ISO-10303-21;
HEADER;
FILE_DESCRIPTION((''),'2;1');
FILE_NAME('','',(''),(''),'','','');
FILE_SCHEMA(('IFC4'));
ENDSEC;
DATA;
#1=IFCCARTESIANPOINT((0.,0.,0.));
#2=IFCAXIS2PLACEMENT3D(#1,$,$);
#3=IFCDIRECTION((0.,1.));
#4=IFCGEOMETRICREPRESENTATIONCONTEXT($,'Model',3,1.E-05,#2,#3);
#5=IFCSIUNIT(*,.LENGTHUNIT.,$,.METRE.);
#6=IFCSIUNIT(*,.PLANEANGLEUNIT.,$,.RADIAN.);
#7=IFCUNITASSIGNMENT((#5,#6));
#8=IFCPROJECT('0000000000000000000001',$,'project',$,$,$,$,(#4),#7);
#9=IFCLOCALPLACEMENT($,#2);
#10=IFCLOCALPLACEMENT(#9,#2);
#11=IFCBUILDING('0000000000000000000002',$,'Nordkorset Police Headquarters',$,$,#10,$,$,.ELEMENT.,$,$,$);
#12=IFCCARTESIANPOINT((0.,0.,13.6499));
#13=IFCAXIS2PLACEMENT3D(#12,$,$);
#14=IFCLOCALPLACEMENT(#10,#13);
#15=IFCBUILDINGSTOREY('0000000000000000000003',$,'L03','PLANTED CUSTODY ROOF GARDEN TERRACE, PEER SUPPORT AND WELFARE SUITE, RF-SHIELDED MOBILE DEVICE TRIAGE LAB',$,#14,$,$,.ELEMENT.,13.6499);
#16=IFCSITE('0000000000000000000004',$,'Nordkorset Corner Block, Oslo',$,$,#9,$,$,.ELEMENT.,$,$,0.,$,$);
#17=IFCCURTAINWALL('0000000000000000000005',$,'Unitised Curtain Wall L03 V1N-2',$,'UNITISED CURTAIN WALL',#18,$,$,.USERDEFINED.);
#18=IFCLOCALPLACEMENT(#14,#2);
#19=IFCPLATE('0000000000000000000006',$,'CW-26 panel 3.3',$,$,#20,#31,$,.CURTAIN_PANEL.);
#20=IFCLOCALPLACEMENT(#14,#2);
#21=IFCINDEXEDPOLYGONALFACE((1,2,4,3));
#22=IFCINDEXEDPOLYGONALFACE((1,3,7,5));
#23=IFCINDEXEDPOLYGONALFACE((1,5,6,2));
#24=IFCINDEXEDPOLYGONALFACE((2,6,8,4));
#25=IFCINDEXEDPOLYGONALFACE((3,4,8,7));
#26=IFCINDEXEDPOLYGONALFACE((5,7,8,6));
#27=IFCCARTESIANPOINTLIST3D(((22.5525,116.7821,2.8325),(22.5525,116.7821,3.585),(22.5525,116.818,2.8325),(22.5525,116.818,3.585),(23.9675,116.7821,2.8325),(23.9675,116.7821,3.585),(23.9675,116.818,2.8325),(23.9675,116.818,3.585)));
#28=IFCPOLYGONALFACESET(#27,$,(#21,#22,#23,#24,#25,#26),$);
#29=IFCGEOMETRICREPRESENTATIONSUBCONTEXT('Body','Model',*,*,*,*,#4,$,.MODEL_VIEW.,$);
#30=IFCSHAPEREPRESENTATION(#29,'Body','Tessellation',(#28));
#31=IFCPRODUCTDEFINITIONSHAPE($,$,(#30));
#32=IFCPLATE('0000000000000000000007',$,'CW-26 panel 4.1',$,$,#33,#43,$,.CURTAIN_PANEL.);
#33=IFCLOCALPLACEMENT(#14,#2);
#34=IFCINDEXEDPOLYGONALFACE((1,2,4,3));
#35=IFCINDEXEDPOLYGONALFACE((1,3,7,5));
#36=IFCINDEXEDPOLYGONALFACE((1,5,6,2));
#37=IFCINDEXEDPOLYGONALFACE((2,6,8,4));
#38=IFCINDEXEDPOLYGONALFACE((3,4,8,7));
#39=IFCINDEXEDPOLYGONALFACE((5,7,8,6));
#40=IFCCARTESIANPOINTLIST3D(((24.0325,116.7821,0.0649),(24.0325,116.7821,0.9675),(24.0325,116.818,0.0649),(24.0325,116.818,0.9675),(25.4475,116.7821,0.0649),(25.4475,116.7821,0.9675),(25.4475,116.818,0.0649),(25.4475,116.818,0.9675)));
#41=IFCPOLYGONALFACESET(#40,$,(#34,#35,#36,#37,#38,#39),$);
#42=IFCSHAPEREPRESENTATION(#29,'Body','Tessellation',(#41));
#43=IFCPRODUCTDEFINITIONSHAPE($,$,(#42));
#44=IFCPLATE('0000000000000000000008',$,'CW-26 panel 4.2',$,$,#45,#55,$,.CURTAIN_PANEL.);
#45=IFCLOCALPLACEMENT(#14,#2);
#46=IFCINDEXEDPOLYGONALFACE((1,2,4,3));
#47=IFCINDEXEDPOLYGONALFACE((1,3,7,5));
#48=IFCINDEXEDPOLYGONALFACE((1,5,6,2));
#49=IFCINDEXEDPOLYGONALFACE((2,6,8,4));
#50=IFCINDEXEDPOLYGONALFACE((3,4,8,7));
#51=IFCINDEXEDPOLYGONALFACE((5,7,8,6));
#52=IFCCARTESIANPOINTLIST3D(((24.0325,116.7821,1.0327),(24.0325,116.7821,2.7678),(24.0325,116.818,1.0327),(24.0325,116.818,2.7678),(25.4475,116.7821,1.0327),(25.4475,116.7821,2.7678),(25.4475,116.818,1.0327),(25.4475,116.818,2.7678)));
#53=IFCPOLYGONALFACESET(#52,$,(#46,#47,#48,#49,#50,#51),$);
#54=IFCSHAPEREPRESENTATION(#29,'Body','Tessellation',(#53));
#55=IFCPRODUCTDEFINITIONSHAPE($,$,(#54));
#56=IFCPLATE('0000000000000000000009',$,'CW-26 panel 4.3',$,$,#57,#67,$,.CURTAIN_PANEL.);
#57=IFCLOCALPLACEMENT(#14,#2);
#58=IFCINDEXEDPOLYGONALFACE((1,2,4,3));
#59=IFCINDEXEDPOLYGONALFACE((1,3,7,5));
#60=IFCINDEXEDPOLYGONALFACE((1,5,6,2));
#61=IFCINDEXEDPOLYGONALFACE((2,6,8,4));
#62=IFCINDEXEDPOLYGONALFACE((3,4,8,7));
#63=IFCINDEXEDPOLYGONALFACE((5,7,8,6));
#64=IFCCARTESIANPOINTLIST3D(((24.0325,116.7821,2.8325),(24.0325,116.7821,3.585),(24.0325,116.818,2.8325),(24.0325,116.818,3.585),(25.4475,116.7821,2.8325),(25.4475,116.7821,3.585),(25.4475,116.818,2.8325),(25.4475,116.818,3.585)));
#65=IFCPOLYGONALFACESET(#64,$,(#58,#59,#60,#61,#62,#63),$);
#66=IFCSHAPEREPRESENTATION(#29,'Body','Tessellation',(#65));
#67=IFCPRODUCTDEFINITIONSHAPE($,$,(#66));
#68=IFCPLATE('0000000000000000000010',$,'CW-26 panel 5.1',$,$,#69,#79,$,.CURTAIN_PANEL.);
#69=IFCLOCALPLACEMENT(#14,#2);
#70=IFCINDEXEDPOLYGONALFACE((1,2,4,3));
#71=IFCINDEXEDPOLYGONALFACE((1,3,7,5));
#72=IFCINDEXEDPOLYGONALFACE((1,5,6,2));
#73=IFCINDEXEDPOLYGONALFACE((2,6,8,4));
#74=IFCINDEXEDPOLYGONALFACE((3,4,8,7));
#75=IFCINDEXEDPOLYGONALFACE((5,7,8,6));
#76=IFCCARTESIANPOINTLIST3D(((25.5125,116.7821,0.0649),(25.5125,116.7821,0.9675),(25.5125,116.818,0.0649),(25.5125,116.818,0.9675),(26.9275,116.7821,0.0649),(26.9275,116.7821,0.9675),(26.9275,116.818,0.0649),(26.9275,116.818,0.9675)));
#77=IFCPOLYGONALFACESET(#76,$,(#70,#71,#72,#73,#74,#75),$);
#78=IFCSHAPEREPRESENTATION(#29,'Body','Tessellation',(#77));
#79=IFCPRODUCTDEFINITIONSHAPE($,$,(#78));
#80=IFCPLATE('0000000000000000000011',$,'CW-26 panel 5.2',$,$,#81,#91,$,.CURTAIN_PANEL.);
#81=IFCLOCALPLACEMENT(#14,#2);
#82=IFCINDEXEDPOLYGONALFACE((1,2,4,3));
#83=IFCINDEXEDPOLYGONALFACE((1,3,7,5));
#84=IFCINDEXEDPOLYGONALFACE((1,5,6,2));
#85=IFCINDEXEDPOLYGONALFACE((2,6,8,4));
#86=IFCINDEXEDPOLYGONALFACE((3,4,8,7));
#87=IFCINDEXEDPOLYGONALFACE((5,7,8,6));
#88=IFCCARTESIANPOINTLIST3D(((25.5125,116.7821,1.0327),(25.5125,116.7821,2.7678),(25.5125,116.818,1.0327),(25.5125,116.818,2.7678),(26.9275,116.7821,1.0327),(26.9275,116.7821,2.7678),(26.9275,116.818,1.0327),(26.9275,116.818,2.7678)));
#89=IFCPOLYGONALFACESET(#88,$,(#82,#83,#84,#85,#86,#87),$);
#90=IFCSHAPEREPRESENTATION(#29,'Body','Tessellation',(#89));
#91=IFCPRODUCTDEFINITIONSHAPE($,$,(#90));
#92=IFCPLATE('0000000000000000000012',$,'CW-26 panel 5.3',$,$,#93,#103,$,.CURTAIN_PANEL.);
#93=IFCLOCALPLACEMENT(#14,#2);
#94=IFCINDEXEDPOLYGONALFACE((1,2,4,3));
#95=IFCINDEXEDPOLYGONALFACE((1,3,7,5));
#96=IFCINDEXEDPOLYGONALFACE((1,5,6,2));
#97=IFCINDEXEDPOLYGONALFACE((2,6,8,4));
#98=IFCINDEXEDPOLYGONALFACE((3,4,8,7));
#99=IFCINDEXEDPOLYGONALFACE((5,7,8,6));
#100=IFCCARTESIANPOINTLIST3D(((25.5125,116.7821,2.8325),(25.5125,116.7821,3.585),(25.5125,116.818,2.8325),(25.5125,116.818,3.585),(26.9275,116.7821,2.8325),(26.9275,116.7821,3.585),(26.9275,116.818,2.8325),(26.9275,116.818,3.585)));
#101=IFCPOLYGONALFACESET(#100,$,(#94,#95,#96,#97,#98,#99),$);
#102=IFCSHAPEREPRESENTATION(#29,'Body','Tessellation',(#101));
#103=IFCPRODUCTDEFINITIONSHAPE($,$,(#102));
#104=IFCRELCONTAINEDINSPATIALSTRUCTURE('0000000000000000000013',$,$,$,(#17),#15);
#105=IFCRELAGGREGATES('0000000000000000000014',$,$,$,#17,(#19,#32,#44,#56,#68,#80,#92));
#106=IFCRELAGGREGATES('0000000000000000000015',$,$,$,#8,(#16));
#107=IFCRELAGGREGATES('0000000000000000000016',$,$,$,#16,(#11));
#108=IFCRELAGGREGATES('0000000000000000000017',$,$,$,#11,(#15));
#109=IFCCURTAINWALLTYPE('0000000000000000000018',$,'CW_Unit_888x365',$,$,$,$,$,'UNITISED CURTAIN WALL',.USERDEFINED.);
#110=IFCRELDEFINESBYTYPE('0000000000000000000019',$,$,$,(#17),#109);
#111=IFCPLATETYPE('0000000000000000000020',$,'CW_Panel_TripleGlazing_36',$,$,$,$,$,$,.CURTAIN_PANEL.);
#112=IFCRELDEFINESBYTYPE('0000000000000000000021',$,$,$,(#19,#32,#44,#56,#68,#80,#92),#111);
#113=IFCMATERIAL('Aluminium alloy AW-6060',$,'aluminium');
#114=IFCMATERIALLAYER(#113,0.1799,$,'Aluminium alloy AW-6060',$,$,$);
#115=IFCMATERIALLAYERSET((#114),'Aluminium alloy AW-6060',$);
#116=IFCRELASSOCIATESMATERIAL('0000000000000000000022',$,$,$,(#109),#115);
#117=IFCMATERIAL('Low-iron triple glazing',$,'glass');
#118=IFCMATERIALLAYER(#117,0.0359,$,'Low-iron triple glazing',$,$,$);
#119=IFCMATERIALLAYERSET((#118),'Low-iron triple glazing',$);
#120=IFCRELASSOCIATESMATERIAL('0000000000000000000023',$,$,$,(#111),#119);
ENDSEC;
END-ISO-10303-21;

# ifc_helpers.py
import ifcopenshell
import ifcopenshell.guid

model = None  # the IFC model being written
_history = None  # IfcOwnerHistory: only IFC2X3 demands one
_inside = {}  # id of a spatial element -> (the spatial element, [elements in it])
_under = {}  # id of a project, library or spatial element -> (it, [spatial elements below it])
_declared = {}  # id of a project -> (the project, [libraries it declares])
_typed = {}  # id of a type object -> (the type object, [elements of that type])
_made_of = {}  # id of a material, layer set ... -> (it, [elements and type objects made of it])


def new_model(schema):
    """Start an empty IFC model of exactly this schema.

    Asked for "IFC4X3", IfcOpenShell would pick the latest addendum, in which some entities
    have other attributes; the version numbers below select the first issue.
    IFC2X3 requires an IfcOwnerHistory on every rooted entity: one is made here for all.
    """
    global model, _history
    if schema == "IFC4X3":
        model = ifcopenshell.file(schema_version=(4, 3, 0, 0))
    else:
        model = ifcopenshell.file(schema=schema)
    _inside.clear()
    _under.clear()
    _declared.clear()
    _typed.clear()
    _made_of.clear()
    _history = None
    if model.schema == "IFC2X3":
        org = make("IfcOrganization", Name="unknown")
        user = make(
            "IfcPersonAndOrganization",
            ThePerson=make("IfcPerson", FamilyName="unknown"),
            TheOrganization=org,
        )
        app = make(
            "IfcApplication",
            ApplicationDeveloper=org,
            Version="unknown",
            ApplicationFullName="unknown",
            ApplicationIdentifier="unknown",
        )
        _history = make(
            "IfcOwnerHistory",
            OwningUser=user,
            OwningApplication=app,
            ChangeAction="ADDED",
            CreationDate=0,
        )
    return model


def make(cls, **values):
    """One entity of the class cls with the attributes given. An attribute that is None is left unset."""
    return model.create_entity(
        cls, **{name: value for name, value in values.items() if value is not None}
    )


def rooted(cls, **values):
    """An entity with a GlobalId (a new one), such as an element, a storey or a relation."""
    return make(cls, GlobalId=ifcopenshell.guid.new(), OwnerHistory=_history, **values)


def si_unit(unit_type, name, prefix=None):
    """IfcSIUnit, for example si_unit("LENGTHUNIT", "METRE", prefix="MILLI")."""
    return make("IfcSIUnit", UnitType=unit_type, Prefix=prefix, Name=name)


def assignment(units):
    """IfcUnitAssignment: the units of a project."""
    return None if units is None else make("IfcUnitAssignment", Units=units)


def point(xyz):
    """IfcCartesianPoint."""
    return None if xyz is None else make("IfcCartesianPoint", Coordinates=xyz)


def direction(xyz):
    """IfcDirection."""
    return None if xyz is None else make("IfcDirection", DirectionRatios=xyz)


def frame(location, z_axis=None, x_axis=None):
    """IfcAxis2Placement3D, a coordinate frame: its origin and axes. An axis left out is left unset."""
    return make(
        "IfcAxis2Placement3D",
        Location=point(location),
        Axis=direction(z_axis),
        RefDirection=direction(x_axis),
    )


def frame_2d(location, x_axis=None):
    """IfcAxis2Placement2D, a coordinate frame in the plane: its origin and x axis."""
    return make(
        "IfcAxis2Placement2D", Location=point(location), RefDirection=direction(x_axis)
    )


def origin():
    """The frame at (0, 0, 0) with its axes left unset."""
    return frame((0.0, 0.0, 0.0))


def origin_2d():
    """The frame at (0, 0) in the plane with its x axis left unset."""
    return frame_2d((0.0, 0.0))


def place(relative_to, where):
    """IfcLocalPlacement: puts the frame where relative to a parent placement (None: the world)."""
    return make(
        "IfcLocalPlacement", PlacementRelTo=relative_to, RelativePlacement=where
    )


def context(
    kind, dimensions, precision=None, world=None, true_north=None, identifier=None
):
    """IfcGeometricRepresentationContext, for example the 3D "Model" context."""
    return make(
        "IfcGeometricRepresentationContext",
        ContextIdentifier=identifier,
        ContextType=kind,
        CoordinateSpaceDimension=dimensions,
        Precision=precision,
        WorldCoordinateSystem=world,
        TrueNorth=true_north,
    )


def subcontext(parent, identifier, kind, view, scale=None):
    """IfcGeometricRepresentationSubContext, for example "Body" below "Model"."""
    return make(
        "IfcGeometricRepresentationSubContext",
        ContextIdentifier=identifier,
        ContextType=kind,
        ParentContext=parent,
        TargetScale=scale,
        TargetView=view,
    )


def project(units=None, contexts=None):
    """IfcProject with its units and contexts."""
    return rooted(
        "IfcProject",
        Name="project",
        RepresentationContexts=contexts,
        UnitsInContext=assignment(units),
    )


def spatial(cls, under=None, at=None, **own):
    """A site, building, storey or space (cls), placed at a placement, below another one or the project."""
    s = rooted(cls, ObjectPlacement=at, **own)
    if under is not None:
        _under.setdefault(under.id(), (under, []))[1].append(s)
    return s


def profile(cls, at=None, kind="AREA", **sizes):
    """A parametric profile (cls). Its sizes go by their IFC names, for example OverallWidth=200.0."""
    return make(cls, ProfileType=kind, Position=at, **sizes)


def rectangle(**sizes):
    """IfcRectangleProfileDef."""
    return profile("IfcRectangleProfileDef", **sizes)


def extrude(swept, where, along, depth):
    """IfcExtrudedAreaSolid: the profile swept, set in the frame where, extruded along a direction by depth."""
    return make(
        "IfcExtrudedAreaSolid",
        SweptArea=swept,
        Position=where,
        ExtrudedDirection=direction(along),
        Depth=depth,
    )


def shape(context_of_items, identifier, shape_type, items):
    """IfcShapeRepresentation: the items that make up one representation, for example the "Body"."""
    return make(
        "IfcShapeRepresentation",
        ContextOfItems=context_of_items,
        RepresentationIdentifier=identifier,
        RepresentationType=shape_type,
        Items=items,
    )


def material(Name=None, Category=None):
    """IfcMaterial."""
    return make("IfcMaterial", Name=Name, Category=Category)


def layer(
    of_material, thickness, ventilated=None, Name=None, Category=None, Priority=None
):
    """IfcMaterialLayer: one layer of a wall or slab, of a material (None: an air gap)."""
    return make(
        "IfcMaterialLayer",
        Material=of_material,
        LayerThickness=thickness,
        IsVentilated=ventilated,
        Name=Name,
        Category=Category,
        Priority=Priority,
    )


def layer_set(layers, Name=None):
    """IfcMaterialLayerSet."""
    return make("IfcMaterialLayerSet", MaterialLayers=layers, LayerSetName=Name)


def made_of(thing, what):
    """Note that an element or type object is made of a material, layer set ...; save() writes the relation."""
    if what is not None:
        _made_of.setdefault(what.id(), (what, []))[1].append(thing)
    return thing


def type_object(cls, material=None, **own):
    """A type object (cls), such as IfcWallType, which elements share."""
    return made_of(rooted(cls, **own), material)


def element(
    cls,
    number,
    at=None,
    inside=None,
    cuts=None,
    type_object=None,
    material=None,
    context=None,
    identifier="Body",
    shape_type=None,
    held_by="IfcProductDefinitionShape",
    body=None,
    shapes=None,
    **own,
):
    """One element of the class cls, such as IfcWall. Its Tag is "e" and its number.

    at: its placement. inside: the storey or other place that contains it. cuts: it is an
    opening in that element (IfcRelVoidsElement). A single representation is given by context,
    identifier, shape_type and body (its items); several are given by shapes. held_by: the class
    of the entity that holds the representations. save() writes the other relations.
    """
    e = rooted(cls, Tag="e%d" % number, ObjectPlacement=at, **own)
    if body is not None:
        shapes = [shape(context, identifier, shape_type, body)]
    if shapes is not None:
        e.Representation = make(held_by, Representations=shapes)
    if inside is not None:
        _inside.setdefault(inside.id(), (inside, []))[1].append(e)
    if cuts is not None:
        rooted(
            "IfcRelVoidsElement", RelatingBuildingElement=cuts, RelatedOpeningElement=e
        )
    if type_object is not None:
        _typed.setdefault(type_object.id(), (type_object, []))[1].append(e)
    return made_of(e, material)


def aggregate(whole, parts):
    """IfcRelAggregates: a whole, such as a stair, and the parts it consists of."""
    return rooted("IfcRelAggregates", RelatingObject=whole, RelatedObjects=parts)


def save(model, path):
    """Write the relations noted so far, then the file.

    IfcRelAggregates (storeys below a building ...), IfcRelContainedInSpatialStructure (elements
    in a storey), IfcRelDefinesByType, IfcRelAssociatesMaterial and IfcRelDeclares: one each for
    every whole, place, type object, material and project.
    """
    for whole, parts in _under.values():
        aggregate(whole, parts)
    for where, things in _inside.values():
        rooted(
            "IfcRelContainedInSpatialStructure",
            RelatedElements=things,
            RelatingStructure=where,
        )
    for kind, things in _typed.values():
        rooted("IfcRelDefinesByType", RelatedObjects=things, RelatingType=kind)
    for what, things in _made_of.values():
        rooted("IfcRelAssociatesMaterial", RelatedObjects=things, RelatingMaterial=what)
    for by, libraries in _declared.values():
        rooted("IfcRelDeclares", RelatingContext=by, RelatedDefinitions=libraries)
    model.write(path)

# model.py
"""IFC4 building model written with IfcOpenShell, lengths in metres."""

from ifc_helpers import new_model, si_unit, direction, frame, origin, origin_2d, place, context, subcontext, project, spatial, rectangle, extrude, material, layer, layer_set, type_object, element, aggregate, save


model = new_model("IFC4")

# Units and contexts
model_context = context("Model", 3, precision=1e-05, world=origin(), true_north=direction((0.0, 1.0)))
body_context = subcontext(model_context, "Body", "Model", "MODEL_VIEW")
ifc_project = project(units=[si_unit("LENGTHUNIT", "METRE"), si_unit("PLANEANGLEUNIT", "RADIAN")], contexts=[model_context])

# Site, building, storey
site_placement = place(None, origin())
site = spatial("IfcSite", under=ifc_project, at=site_placement, Name="Nordkorset Corner Block, Oslo", CompositionType="ELEMENT", RefElevation=0.0)
building_placement = place(site_placement, origin())
building = spatial("IfcBuilding", under=site, at=building_placement, Name="Nordkorset Police Headquarters", CompositionType="ELEMENT")
storey_placement = place(building_placement, frame((0.0, 0.0, 13.6499)))
storey = spatial("IfcBuildingStorey", under=building, at=storey_placement, Name="L03", Description="PLANTED CUSTODY ROOF GARDEN TERRACE, PEER SUPPORT AND WELFARE SUITE, RF-SHIELDED MOBILE DEVICE TRIAGE LAB", CompositionType="ELEMENT", Elevation=13.6499)

# Curtain wall, plates
ifc_material_1 = material(Name="Aluminium alloy AW-6060", Category="aluminium")
ifc_layer_1 = layer(ifc_material_1, 0.1799, Name="Aluminium alloy AW-6060")
ifc_layer_set_1 = layer_set([ifc_layer_1], Name="Aluminium alloy AW-6060")
curtain_wall_type = type_object("IfcCurtainWallType", Name="CW_Unit_888x365", ElementType="UNITISED CURTAIN WALL", PredefinedType="USERDEFINED", material=ifc_layer_set_1)
curtain_wall_placement = place(storey_placement, origin())
curtain_wall = element("IfcCurtainWall", 1, at=curtain_wall_placement, inside=storey, type_object=curtain_wall_type, Name="Unitised Curtain Wall L03 V1N-2", ObjectType="UNITISED CURTAIN WALL", PredefinedType="USERDEFINED")
ifc_material_2 = material(Name="Low-iron triple glazing", Category="glass")
ifc_layer_2 = layer(ifc_material_2, 0.0359, Name="Low-iron triple glazing")
ifc_layer_set_2 = layer_set([ifc_layer_2], Name="Low-iron triple glazing")
plate_type = type_object("IfcPlateType", Name="CW_Panel_TripleGlazing_36", PredefinedType="CURTAIN_PANEL", material=ifc_layer_set_2)
plate_1_placement = place(storey_placement, frame((23.26, 116.8, 2.8325), z_axis=(0.0, 0.0, 1.0), x_axis=(1.0, 0.0, 0.0)))
plate_1 = element("IfcPlate", 2, at=plate_1_placement, type_object=plate_type, Name="CW-26 panel 3.3", PredefinedType="CURTAIN_PANEL", context=body_context, shape_type="SweptSolid", body=[
    extrude(rectangle(XDim=1.415, YDim=0.0359, at=origin_2d()), origin(), (0.0, 0.0, 1.0), 0.7524),
])
plate_2_placement = place(storey_placement, frame((24.74, 116.8, 0.0649), z_axis=(0.0, 0.0, 1.0), x_axis=(1.0, 0.0, 0.0)))
plate_2 = element("IfcPlate", 3, at=plate_2_placement, type_object=plate_type, Name="CW-26 panel 4.1", PredefinedType="CURTAIN_PANEL", context=body_context, shape_type="SweptSolid", body=[
    extrude(rectangle(XDim=1.415, YDim=0.0359, at=origin_2d()), origin(), (0.0, 0.0, 1.0), 0.9026),
])
plate_3_placement = place(storey_placement, frame((24.74, 116.8, 1.0327), z_axis=(0.0, 0.0, 1.0), x_axis=(1.0, 0.0, 0.0)))
plate_3 = element("IfcPlate", 4, at=plate_3_placement, type_object=plate_type, Name="CW-26 panel 4.2", PredefinedType="CURTAIN_PANEL", context=body_context, shape_type="SweptSolid", body=[
    extrude(rectangle(XDim=1.415, YDim=0.0359, at=origin_2d()), origin(), (0.0, 0.0, 1.0), 1.7351),
])
plate_4_placement = place(storey_placement, frame((24.74, 116.8, 2.8325), z_axis=(0.0, 0.0, 1.0), x_axis=(1.0, 0.0, 0.0)))
plate_4 = element("IfcPlate", 5, at=plate_4_placement, type_object=plate_type, Name="CW-26 panel 4.3", PredefinedType="CURTAIN_PANEL", context=body_context, shape_type="SweptSolid", body=[
    extrude(rectangle(XDim=1.415, YDim=0.0359, at=origin_2d()), origin(), (0.0, 0.0, 1.0), 0.7524),
])
plate_5_placement = place(storey_placement, frame((26.22, 116.8, 0.0649), z_axis=(0.0, 0.0, 1.0), x_axis=(1.0, 0.0, 0.0)))
plate_5 = element("IfcPlate", 6, at=plate_5_placement, type_object=plate_type, Name="CW-26 panel 5.1", PredefinedType="CURTAIN_PANEL", context=body_context, shape_type="SweptSolid", body=[
    extrude(rectangle(XDim=1.415, YDim=0.0359, at=origin_2d()), origin(), (0.0, 0.0, 1.0), 0.9026),
])
plate_6_placement = place(storey_placement, frame((26.22, 116.8, 1.0327), z_axis=(0.0, 0.0, 1.0), x_axis=(1.0, 0.0, 0.0)))
plate_6 = element("IfcPlate", 7, at=plate_6_placement, type_object=plate_type, Name="CW-26 panel 5.2", PredefinedType="CURTAIN_PANEL", context=body_context, shape_type="SweptSolid", body=[
    extrude(rectangle(XDim=1.415, YDim=0.0359, at=origin_2d()), origin(), (0.0, 0.0, 1.0), 1.7351),
])
plate_7_placement = place(storey_placement, frame((26.22, 116.8, 2.8325), z_axis=(0.0, 0.0, 1.0), x_axis=(1.0, 0.0, 0.0)))
plate_7 = element("IfcPlate", 8, at=plate_7_placement, type_object=plate_type, Name="CW-26 panel 5.3", PredefinedType="CURTAIN_PANEL", context=body_context, shape_type="SweptSolid", body=[
    extrude(rectangle(XDim=1.415, YDim=0.0359, at=origin_2d()), origin(), (0.0, 0.0, 1.0), 0.7524),
])
aggregate(curtain_wall, [plate_1, plate_2, plate_3, plate_4, plate_5, plate_6, plate_7])

save(model, "model.ifc")
